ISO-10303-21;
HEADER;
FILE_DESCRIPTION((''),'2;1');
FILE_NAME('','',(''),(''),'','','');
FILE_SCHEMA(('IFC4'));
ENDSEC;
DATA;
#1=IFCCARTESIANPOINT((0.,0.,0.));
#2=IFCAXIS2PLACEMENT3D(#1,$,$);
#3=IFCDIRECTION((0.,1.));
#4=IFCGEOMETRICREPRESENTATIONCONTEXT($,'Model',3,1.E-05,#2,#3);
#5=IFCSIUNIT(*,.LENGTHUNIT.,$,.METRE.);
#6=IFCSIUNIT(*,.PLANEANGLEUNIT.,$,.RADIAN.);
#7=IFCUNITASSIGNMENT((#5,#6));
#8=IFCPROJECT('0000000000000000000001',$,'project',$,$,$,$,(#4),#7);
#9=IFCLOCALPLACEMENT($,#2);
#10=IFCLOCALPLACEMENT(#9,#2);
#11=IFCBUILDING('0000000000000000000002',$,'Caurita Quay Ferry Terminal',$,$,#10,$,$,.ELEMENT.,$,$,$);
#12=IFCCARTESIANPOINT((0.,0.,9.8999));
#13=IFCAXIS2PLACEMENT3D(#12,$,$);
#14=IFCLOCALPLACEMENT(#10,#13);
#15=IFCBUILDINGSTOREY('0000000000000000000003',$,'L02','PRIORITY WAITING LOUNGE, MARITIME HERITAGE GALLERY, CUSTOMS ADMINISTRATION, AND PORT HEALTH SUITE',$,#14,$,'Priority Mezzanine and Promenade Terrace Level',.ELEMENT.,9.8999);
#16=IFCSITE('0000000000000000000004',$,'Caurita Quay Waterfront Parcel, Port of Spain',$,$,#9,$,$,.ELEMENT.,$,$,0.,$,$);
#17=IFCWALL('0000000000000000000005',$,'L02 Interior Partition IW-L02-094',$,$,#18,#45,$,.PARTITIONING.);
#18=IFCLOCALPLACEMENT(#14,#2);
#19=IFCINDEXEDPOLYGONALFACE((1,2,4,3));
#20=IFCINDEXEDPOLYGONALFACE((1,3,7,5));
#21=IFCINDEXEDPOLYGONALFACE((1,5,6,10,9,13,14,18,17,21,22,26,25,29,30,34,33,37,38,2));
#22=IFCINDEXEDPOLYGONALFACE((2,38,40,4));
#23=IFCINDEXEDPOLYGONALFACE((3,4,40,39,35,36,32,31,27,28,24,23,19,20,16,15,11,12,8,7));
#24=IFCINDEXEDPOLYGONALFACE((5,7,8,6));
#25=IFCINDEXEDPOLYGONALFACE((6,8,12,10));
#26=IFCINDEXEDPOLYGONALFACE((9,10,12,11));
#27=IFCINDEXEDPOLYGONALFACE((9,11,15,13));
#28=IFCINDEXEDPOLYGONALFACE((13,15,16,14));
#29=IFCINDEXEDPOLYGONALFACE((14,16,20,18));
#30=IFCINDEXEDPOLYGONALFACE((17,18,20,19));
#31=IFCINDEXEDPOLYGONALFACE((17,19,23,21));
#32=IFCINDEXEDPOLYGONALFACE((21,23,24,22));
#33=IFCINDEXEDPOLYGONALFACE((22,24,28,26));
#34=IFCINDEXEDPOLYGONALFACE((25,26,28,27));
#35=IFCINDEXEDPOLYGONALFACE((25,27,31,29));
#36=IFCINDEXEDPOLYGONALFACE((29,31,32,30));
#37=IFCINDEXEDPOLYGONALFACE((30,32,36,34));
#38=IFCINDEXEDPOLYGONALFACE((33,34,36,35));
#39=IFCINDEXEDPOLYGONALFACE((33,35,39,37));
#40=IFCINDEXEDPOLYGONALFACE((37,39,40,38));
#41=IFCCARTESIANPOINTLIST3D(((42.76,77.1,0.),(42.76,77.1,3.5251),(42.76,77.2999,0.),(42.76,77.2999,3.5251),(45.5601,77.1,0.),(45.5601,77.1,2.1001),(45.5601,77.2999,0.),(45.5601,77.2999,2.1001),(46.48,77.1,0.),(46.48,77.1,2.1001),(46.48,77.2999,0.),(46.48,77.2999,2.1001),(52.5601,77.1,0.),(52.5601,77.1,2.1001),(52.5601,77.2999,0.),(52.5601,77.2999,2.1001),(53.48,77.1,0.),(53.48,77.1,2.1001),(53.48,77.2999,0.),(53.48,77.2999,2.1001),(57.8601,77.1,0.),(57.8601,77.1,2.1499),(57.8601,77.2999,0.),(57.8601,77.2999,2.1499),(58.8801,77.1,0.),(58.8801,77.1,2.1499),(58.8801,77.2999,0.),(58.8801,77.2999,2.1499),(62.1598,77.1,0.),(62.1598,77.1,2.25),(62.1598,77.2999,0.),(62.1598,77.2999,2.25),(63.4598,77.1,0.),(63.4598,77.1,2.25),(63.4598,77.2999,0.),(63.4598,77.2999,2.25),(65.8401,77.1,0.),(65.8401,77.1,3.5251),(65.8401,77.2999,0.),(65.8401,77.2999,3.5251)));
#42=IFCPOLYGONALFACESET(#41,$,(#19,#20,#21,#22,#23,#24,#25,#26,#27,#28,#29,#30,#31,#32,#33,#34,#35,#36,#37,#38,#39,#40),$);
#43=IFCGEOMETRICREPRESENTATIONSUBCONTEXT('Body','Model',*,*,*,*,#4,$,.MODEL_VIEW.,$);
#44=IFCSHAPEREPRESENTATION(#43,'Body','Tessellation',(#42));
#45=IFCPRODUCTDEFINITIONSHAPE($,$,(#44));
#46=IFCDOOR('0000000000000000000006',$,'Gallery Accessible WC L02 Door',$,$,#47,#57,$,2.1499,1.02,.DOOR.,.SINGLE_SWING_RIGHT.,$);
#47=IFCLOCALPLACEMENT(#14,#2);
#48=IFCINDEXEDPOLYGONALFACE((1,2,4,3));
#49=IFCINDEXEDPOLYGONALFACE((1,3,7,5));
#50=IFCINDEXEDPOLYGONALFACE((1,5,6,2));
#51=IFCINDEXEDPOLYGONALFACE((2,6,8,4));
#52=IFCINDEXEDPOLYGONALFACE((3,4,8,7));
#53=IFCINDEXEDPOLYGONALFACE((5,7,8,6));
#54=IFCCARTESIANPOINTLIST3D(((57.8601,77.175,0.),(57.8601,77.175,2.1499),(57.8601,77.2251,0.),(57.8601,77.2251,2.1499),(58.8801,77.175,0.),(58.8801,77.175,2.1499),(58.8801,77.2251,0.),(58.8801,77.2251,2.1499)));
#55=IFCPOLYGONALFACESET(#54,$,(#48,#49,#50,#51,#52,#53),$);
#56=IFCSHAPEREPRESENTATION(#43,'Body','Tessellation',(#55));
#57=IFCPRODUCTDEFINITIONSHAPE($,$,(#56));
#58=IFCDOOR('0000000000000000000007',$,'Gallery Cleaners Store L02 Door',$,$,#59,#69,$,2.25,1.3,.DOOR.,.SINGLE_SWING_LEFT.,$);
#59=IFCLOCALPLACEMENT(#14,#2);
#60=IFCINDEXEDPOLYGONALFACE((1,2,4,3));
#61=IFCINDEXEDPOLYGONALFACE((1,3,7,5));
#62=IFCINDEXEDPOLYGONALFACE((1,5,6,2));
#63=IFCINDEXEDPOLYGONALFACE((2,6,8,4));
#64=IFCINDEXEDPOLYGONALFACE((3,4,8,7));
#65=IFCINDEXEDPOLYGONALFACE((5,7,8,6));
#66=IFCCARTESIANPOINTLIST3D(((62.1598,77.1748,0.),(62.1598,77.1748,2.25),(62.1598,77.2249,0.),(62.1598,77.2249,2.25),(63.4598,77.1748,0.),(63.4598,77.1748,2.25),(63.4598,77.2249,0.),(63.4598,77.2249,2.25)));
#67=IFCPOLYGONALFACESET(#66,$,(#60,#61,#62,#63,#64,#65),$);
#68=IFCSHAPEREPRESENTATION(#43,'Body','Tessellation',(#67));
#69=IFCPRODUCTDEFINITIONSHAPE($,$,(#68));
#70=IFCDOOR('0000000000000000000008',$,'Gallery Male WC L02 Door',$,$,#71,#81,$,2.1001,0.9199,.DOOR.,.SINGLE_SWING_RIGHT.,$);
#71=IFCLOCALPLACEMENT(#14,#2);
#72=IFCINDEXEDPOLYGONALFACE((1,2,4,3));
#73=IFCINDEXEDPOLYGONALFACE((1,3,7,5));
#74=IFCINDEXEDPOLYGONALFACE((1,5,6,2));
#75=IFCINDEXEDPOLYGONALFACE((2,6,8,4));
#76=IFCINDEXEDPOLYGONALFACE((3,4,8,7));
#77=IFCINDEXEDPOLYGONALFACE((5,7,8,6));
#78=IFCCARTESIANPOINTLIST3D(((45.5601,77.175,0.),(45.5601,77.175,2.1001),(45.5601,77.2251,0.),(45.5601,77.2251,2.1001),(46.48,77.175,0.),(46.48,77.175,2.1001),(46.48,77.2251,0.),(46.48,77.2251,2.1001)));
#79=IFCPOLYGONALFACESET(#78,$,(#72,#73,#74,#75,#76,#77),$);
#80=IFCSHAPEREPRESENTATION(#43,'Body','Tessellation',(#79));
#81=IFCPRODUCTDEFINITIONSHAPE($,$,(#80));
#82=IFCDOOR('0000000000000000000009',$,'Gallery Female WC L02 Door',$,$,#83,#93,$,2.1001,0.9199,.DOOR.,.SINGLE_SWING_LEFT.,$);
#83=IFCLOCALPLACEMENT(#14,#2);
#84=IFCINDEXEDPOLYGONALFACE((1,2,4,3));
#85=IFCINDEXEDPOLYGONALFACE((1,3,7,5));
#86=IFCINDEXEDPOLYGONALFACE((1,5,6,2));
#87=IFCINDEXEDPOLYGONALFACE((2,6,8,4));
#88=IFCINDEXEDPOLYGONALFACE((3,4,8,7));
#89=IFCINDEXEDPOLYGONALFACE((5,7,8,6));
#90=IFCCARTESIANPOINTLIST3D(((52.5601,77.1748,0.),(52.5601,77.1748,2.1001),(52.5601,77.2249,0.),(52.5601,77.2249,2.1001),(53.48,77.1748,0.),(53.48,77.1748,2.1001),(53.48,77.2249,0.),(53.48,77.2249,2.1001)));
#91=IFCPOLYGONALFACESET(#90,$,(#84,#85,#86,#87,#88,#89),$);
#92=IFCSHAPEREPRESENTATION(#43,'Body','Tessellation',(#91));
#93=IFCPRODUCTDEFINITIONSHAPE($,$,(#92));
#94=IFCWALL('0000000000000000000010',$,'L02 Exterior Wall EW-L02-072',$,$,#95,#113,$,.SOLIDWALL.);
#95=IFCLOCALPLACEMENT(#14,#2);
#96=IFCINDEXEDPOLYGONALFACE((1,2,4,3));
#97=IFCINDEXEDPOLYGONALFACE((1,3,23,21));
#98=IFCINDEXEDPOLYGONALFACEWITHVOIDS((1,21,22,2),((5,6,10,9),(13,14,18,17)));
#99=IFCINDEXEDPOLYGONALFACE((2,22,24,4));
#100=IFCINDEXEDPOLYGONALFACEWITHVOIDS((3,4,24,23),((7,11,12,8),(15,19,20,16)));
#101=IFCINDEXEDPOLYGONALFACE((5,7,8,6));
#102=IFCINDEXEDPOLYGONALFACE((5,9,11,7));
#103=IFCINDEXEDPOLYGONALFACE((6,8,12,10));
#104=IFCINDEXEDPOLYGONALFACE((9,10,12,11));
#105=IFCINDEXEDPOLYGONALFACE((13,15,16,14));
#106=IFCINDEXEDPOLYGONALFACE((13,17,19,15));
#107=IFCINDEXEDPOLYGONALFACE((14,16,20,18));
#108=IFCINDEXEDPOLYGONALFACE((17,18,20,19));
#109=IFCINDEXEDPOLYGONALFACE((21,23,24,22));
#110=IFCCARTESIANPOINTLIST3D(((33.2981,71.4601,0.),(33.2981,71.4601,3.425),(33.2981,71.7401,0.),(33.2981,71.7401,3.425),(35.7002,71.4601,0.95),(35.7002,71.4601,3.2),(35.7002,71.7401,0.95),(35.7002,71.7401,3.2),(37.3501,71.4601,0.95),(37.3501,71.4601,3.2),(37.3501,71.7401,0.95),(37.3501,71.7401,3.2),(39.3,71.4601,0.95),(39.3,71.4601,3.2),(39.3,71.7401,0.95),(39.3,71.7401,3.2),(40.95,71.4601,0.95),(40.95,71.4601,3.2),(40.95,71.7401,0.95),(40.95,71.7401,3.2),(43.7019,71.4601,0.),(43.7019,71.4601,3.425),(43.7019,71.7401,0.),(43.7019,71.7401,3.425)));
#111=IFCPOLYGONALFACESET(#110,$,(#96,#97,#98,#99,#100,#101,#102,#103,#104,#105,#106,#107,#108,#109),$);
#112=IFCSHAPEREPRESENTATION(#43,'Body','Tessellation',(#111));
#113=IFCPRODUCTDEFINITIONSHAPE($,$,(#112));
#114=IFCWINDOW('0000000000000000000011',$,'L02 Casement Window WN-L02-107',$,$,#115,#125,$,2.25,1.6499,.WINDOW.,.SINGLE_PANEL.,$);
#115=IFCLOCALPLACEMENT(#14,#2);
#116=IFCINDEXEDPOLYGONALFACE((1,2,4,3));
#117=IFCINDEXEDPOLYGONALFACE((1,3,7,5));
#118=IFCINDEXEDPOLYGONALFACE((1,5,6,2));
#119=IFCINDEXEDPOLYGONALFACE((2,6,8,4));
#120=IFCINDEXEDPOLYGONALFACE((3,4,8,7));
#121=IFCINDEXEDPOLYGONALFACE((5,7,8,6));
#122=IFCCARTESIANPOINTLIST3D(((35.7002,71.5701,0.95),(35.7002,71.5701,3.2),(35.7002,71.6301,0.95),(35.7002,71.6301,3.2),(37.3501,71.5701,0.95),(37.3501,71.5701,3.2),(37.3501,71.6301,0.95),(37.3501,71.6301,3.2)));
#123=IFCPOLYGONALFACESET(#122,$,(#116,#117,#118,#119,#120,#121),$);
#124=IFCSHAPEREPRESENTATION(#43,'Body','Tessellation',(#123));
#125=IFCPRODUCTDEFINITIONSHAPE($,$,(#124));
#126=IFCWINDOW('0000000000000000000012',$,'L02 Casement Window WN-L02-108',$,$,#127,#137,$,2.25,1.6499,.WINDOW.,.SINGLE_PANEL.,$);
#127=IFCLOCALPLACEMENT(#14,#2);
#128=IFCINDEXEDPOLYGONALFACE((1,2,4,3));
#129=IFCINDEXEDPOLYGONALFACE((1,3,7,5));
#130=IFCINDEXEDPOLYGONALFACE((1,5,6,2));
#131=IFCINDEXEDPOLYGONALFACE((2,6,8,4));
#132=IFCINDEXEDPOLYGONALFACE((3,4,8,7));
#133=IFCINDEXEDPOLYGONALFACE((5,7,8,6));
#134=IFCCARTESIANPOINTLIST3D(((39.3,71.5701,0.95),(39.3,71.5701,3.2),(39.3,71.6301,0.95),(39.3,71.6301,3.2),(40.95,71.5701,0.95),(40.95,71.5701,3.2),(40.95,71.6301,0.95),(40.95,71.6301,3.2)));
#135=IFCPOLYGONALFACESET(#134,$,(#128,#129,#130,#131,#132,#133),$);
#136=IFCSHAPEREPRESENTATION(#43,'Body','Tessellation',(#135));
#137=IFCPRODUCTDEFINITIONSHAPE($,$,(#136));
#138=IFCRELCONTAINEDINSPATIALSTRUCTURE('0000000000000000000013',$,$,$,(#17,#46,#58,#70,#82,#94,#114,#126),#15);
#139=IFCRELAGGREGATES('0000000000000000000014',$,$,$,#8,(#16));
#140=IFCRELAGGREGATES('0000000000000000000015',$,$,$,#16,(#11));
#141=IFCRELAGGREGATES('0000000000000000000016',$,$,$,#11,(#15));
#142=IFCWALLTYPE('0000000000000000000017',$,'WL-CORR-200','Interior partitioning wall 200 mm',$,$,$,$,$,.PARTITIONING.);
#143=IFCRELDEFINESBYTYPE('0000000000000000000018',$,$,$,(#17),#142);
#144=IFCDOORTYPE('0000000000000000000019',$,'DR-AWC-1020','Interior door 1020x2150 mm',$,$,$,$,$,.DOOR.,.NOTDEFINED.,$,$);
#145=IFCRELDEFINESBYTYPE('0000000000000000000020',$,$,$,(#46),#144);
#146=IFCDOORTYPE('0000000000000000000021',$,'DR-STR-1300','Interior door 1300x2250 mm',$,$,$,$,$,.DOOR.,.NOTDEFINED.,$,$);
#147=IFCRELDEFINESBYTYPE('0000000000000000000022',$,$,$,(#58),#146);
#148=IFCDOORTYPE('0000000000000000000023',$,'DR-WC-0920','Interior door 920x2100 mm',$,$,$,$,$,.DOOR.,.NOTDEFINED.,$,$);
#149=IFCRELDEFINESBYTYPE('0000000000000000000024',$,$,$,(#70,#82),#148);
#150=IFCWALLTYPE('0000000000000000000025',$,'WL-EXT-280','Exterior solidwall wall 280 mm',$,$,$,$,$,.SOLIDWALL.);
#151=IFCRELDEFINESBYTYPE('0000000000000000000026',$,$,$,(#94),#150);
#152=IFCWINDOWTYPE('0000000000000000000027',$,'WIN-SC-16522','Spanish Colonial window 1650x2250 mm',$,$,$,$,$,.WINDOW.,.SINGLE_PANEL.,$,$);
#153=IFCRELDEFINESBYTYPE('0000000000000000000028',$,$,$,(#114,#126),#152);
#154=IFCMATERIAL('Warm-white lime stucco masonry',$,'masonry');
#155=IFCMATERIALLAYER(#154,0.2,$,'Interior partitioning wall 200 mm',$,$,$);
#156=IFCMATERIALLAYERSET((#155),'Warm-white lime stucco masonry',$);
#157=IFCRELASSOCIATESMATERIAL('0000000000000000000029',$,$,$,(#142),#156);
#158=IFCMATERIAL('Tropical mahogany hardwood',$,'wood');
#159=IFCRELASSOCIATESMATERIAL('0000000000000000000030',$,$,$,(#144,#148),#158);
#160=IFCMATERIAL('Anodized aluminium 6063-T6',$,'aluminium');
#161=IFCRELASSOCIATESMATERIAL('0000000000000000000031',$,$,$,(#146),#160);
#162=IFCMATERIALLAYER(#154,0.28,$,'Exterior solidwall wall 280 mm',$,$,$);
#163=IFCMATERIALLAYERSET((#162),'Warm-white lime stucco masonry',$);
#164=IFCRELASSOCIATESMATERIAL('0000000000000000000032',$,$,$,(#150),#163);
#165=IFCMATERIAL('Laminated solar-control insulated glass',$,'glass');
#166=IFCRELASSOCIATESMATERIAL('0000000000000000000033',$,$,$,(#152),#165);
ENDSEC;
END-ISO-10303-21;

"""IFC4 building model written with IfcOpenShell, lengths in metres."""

from ifc_helpers import new_model, si_unit, direction, frame, frame_2d, origin, place, context, subcontext, project, spatial, rectangle, extrude, material, layer, layer_set, type_object, element, fill, save


model = new_model("IFC4")

# Units and contexts
model_context = context("Model", 3, precision=1e-05, world=origin(), true_north=direction((0.0, 1.0)))
body_context = subcontext(model_context, "Body", "Model", "MODEL_VIEW")
ifc_project = project(units=[si_unit("LENGTHUNIT", "METRE"), si_unit("PLANEANGLEUNIT", "RADIAN")], contexts=[model_context])

# Site, building, storey
site_placement = place(None, origin())
site = spatial("IfcSite", under=ifc_project, at=site_placement, Name="Caurita Quay Waterfront Parcel, Port of Spain", CompositionType="ELEMENT", RefElevation=0.0)
building_placement = place(site_placement, origin())
building = spatial("IfcBuilding", under=site, at=building_placement, Name="Caurita Quay Ferry Terminal", CompositionType="ELEMENT")
storey_placement = place(building_placement, frame((0.0, 0.0, 9.8999)))
storey = spatial("IfcBuildingStorey", under=building, at=storey_placement, Name="L02", Description="PRIORITY WAITING LOUNGE, MARITIME HERITAGE GALLERY, CUSTOMS ADMINISTRATION, AND PORT HEALTH SUITE", LongName="Priority Mezzanine and Promenade Terrace Level", CompositionType="ELEMENT", Elevation=9.8999)

# Shared definitions
ifc_material_1 = material(Name="Anodized aluminium 6063-T6", Category="aluminium")

# Wall, openings, doors
ifc_material_2 = material(Name="Warm-white lime stucco masonry", Category="masonry")
ifc_layer_1 = layer(ifc_material_2, 0.2, Name="Interior partitioning wall 200 mm")
ifc_layer_set_1 = layer_set([ifc_layer_1], Name="Warm-white lime stucco masonry")
wall_type_1 = type_object("IfcWallType", Name="WL-CORR-200", Description="Interior partitioning wall 200 mm", PredefinedType="PARTITIONING", material=ifc_layer_set_1)
wall_1_placement = place(storey_placement, frame((42.76, 77.2, 0.0), z_axis=(0.0, 0.0, 1.0), x_axis=(1.0, 0.0, 0.0)))
wall_1 = element("IfcWall", 1, at=wall_1_placement, inside=storey, type_object=wall_type_1, Name="L02 Interior Partition IW-L02-094", PredefinedType="PARTITIONING", context=body_context, shape_type="SweptSolid", body=[
    extrude(rectangle(XDim=23.0801, YDim=0.2, at=frame_2d((11.54, 0.0))), origin(), (0.0, 0.0, 1.0), 3.5251),
])
opening_1_placement = place(wall_1_placement, frame((2.8, 0.0, 0.0)))
opening_1 = element("IfcOpeningElement", 2, at=opening_1_placement, cuts=wall_1, PredefinedType="OPENING", context=body_context, shape_type="SweptSolid", body=[
    extrude(rectangle(XDim=0.9199, YDim=2.1001, at=frame_2d((0.46, 1.05))), frame((0.0, 0.1099, 0.0), z_axis=(0.0, -1.0, 0.0), x_axis=(1.0, 0.0, 0.0)), (0.0, 0.0, 1.0), 0.22),
])
opening_2_placement = place(wall_1_placement, frame((9.8, 0.0, 0.0)))
opening_2 = element("IfcOpeningElement", 3, at=opening_2_placement, cuts=wall_1, PredefinedType="OPENING", context=body_context, shape_type="SweptSolid", body=[
    extrude(rectangle(XDim=0.9199, YDim=2.1001, at=frame_2d((0.46, 1.05))), frame((0.0, 0.1099, 0.0), z_axis=(0.0, -1.0, 0.0), x_axis=(1.0, 0.0, 0.0)), (0.0, 0.0, 1.0), 0.22),
])
opening_3_placement = place(wall_1_placement, frame((15.1001, 0.0, 0.0)))
opening_3 = element("IfcOpeningElement", 4, at=opening_3_placement, cuts=wall_1, PredefinedType="OPENING", context=body_context, shape_type="SweptSolid", body=[
    extrude(rectangle(XDim=1.02, YDim=2.1499, at=frame_2d((0.51, 1.075))), frame((0.0, 0.1099, 0.0), z_axis=(0.0, -1.0, 0.0), x_axis=(1.0, 0.0, 0.0)), (0.0, 0.0, 1.0), 0.22),
])
opening_4_placement = place(wall_1_placement, frame((19.3999, 0.0, 0.0)))
opening_4 = element("IfcOpeningElement", 5, at=opening_4_placement, cuts=wall_1, PredefinedType="OPENING", context=body_context, shape_type="SweptSolid", body=[
    extrude(rectangle(XDim=1.3, YDim=2.25, at=frame_2d((0.6499, 1.125))), frame((0.0, 0.1099, 0.0), z_axis=(0.0, -1.0, 0.0), x_axis=(1.0, 0.0, 0.0)), (0.0, 0.0, 1.0), 0.22),
])
ifc_material_3 = material(Name="Tropical mahogany hardwood", Category="wood")
door_type_1 = type_object("IfcDoorType", Name="DR-AWC-1020", Description="Interior door 1020x2150 mm", OperationType="NOTDEFINED", PredefinedType="DOOR", material=ifc_material_3)
door_1_placement = place(opening_3_placement, frame((1.02, 0.0, 0.0), z_axis=(0.0, 0.0, 1.0), x_axis=(-1.0, 0.0, 0.0)))
door_1 = element("IfcDoor", 6, at=door_1_placement, inside=storey, type_object=door_type_1, Name="Gallery Accessible WC L02 Door", OperationType="SINGLE_SWING_RIGHT", OverallHeight=2.1499, OverallWidth=1.02, PredefinedType="DOOR", context=body_context, shape_type="SweptSolid", body=[
    extrude(rectangle(XDim=1.02, YDim=2.1499, at=frame_2d((0.51, 1.075))), frame((0.0, 0.0249, 0.0), z_axis=(0.0, -1.0, 0.0), x_axis=(1.0, 0.0, 0.0)), (0.0, 0.0, 1.0), 0.05),
])
fill(opening_3, door_1)
door_type_2 = type_object("IfcDoorType", Name="DR-STR-1300", Description="Interior door 1300x2250 mm", OperationType="NOTDEFINED", PredefinedType="DOOR", material=ifc_material_1)
door_2_placement = place(opening_4_placement, origin())
door_2 = element("IfcDoor", 7, at=door_2_placement, inside=storey, type_object=door_type_2, Name="Gallery Cleaners Store L02 Door", OperationType="SINGLE_SWING_LEFT", OverallHeight=2.25, OverallWidth=1.3, PredefinedType="DOOR", context=body_context, shape_type="SweptSolid", body=[
    extrude(rectangle(XDim=1.3, YDim=2.25, at=frame_2d((0.6499, 1.125))), frame((0.0, 0.0249, 0.0), z_axis=(0.0, -1.0, 0.0), x_axis=(1.0, 0.0, 0.0)), (0.0, 0.0, 1.0), 0.05),
])
fill(opening_4, door_2)
door_type_3 = type_object("IfcDoorType", Name="DR-WC-0920", Description="Interior door 920x2100 mm", OperationType="NOTDEFINED", PredefinedType="DOOR", material=ifc_material_3)
door_3_placement = place(opening_1_placement, frame((0.9199, 0.0, 0.0), z_axis=(0.0, 0.0, 1.0), x_axis=(-1.0, 0.0, 0.0)))
door_3 = element("IfcDoor", 8, at=door_3_placement, inside=storey, type_object=door_type_3, Name="Gallery Male WC L02 Door", OperationType="SINGLE_SWING_RIGHT", OverallHeight=2.1001, OverallWidth=0.9199, PredefinedType="DOOR", context=body_context, shape_type="SweptSolid", body=[
    extrude(rectangle(XDim=0.9199, YDim=2.1001, at=frame_2d((0.46, 1.05))), frame((0.0, 0.0249, 0.0), z_axis=(0.0, -1.0, 0.0), x_axis=(1.0, 0.0, 0.0)), (0.0, 0.0, 1.0), 0.05),
])
fill(opening_1, door_3)
door_4_placement = place(opening_2_placement, origin())
door_4 = element("IfcDoor", 9, at=door_4_placement, inside=storey, type_object=door_type_3, Name="Gallery Female WC L02 Door", OperationType="SINGLE_SWING_LEFT", OverallHeight=2.1001, OverallWidth=0.9199, PredefinedType="DOOR", context=body_context, shape_type="SweptSolid", body=[
    extrude(rectangle(XDim=0.9199, YDim=2.1001, at=frame_2d((0.46, 1.05))), frame((0.0, 0.0249, 0.0), z_axis=(0.0, -1.0, 0.0), x_axis=(1.0, 0.0, 0.0)), (0.0, 0.0, 1.0), 0.05),
])
fill(opening_2, door_4)

# Wall, openings, windows
ifc_layer_2 = layer(ifc_material_2, 0.28, Name="Exterior solidwall wall 280 mm")
ifc_layer_set_2 = layer_set([ifc_layer_2], Name="Warm-white lime stucco masonry")
wall_type_2 = type_object("IfcWallType", Name="WL-EXT-280", Description="Exterior solidwall wall 280 mm", PredefinedType="SOLIDWALL", material=ifc_layer_set_2)
wall_2_placement = place(storey_placement, frame((33.2981, 71.6001, 0.0), z_axis=(0.0, 0.0, 1.0), x_axis=(1.0, 0.0, 0.0)))
wall_2 = element("IfcWall", 10, at=wall_2_placement, inside=storey, type_object=wall_type_2, Name="L02 Exterior Wall EW-L02-072", PredefinedType="SOLIDWALL", context=body_context, shape_type="SweptSolid", body=[
    extrude(rectangle(XDim=10.4038, YDim=0.28, at=frame_2d((5.2019, 0.0))), origin(), (0.0, 0.0, 1.0), 3.425),
])
opening_5_placement = place(wall_2_placement, frame((2.4021, 0.0, 0.95)))
opening_5 = element("IfcOpeningElement", 11, at=opening_5_placement, cuts=wall_2, PredefinedType="OPENING", context=body_context, shape_type="SweptSolid", body=[
    extrude(rectangle(XDim=1.6499, YDim=2.25, at=frame_2d((0.825, 1.125))), frame((0.0, 0.1499, 0.0), z_axis=(0.0, -1.0, 0.0), x_axis=(1.0, 0.0, 0.0)), (0.0, 0.0, 1.0), 0.3),
])
opening_6_placement = place(wall_2_placement, frame((6.002, 0.0, 0.95)))
opening_6 = element("IfcOpeningElement", 12, at=opening_6_placement, cuts=wall_2, PredefinedType="OPENING", context=body_context, shape_type="SweptSolid", body=[
    extrude(rectangle(XDim=1.6499, YDim=2.25, at=frame_2d((0.825, 1.125))), frame((0.0, 0.1499, 0.0), z_axis=(0.0, -1.0, 0.0), x_axis=(1.0, 0.0, 0.0)), (0.0, 0.0, 1.0), 0.3),
])
ifc_material_4 = material(Name="Laminated solar-control insulated glass", Category="glass")
window_type = type_object("IfcWindowType", Name="WIN-SC-16522", Description="Spanish Colonial window 1650x2250 mm", PartitioningType="SINGLE_PANEL", PredefinedType="WINDOW", material=ifc_material_4)
window_1_placement = place(opening_5_placement, origin())
window_1 = element("IfcWindow", 13, at=window_1_placement, inside=storey, type_object=window_type, Name="L02 Casement Window WN-L02-107", OverallHeight=2.25, OverallWidth=1.6499, PartitioningType="SINGLE_PANEL", PredefinedType="WINDOW", context=body_context, shape_type="SweptSolid", body=[
    extrude(rectangle(XDim=1.6499, YDim=2.25, at=frame_2d((0.825, 1.125))), frame((0.0, 0.03, 0.0), z_axis=(0.0, -1.0, 0.0), x_axis=(1.0, 0.0, 0.0)), (0.0, 0.0, 1.0), 0.0601),
])
fill(opening_5, window_1)
window_2_placement = place(opening_6_placement, origin())
window_2 = element("IfcWindow", 14, at=window_2_placement, inside=storey, type_object=window_type, Name="L02 Casement Window WN-L02-108", OverallHeight=2.25, OverallWidth=1.6499, PartitioningType="SINGLE_PANEL", PredefinedType="WINDOW", context=body_context, shape_type="SweptSolid", body=[
    extrude(rectangle(XDim=1.6499, YDim=2.25, at=frame_2d((0.825, 1.125))), frame((0.0, 0.03, 0.0), z_axis=(0.0, -1.0, 0.0), x_axis=(1.0, 0.0, 0.0)), (0.0, 0.0, 1.0), 0.0601),
])
fill(opening_6, window_2)

save(model, "model.ifc")
